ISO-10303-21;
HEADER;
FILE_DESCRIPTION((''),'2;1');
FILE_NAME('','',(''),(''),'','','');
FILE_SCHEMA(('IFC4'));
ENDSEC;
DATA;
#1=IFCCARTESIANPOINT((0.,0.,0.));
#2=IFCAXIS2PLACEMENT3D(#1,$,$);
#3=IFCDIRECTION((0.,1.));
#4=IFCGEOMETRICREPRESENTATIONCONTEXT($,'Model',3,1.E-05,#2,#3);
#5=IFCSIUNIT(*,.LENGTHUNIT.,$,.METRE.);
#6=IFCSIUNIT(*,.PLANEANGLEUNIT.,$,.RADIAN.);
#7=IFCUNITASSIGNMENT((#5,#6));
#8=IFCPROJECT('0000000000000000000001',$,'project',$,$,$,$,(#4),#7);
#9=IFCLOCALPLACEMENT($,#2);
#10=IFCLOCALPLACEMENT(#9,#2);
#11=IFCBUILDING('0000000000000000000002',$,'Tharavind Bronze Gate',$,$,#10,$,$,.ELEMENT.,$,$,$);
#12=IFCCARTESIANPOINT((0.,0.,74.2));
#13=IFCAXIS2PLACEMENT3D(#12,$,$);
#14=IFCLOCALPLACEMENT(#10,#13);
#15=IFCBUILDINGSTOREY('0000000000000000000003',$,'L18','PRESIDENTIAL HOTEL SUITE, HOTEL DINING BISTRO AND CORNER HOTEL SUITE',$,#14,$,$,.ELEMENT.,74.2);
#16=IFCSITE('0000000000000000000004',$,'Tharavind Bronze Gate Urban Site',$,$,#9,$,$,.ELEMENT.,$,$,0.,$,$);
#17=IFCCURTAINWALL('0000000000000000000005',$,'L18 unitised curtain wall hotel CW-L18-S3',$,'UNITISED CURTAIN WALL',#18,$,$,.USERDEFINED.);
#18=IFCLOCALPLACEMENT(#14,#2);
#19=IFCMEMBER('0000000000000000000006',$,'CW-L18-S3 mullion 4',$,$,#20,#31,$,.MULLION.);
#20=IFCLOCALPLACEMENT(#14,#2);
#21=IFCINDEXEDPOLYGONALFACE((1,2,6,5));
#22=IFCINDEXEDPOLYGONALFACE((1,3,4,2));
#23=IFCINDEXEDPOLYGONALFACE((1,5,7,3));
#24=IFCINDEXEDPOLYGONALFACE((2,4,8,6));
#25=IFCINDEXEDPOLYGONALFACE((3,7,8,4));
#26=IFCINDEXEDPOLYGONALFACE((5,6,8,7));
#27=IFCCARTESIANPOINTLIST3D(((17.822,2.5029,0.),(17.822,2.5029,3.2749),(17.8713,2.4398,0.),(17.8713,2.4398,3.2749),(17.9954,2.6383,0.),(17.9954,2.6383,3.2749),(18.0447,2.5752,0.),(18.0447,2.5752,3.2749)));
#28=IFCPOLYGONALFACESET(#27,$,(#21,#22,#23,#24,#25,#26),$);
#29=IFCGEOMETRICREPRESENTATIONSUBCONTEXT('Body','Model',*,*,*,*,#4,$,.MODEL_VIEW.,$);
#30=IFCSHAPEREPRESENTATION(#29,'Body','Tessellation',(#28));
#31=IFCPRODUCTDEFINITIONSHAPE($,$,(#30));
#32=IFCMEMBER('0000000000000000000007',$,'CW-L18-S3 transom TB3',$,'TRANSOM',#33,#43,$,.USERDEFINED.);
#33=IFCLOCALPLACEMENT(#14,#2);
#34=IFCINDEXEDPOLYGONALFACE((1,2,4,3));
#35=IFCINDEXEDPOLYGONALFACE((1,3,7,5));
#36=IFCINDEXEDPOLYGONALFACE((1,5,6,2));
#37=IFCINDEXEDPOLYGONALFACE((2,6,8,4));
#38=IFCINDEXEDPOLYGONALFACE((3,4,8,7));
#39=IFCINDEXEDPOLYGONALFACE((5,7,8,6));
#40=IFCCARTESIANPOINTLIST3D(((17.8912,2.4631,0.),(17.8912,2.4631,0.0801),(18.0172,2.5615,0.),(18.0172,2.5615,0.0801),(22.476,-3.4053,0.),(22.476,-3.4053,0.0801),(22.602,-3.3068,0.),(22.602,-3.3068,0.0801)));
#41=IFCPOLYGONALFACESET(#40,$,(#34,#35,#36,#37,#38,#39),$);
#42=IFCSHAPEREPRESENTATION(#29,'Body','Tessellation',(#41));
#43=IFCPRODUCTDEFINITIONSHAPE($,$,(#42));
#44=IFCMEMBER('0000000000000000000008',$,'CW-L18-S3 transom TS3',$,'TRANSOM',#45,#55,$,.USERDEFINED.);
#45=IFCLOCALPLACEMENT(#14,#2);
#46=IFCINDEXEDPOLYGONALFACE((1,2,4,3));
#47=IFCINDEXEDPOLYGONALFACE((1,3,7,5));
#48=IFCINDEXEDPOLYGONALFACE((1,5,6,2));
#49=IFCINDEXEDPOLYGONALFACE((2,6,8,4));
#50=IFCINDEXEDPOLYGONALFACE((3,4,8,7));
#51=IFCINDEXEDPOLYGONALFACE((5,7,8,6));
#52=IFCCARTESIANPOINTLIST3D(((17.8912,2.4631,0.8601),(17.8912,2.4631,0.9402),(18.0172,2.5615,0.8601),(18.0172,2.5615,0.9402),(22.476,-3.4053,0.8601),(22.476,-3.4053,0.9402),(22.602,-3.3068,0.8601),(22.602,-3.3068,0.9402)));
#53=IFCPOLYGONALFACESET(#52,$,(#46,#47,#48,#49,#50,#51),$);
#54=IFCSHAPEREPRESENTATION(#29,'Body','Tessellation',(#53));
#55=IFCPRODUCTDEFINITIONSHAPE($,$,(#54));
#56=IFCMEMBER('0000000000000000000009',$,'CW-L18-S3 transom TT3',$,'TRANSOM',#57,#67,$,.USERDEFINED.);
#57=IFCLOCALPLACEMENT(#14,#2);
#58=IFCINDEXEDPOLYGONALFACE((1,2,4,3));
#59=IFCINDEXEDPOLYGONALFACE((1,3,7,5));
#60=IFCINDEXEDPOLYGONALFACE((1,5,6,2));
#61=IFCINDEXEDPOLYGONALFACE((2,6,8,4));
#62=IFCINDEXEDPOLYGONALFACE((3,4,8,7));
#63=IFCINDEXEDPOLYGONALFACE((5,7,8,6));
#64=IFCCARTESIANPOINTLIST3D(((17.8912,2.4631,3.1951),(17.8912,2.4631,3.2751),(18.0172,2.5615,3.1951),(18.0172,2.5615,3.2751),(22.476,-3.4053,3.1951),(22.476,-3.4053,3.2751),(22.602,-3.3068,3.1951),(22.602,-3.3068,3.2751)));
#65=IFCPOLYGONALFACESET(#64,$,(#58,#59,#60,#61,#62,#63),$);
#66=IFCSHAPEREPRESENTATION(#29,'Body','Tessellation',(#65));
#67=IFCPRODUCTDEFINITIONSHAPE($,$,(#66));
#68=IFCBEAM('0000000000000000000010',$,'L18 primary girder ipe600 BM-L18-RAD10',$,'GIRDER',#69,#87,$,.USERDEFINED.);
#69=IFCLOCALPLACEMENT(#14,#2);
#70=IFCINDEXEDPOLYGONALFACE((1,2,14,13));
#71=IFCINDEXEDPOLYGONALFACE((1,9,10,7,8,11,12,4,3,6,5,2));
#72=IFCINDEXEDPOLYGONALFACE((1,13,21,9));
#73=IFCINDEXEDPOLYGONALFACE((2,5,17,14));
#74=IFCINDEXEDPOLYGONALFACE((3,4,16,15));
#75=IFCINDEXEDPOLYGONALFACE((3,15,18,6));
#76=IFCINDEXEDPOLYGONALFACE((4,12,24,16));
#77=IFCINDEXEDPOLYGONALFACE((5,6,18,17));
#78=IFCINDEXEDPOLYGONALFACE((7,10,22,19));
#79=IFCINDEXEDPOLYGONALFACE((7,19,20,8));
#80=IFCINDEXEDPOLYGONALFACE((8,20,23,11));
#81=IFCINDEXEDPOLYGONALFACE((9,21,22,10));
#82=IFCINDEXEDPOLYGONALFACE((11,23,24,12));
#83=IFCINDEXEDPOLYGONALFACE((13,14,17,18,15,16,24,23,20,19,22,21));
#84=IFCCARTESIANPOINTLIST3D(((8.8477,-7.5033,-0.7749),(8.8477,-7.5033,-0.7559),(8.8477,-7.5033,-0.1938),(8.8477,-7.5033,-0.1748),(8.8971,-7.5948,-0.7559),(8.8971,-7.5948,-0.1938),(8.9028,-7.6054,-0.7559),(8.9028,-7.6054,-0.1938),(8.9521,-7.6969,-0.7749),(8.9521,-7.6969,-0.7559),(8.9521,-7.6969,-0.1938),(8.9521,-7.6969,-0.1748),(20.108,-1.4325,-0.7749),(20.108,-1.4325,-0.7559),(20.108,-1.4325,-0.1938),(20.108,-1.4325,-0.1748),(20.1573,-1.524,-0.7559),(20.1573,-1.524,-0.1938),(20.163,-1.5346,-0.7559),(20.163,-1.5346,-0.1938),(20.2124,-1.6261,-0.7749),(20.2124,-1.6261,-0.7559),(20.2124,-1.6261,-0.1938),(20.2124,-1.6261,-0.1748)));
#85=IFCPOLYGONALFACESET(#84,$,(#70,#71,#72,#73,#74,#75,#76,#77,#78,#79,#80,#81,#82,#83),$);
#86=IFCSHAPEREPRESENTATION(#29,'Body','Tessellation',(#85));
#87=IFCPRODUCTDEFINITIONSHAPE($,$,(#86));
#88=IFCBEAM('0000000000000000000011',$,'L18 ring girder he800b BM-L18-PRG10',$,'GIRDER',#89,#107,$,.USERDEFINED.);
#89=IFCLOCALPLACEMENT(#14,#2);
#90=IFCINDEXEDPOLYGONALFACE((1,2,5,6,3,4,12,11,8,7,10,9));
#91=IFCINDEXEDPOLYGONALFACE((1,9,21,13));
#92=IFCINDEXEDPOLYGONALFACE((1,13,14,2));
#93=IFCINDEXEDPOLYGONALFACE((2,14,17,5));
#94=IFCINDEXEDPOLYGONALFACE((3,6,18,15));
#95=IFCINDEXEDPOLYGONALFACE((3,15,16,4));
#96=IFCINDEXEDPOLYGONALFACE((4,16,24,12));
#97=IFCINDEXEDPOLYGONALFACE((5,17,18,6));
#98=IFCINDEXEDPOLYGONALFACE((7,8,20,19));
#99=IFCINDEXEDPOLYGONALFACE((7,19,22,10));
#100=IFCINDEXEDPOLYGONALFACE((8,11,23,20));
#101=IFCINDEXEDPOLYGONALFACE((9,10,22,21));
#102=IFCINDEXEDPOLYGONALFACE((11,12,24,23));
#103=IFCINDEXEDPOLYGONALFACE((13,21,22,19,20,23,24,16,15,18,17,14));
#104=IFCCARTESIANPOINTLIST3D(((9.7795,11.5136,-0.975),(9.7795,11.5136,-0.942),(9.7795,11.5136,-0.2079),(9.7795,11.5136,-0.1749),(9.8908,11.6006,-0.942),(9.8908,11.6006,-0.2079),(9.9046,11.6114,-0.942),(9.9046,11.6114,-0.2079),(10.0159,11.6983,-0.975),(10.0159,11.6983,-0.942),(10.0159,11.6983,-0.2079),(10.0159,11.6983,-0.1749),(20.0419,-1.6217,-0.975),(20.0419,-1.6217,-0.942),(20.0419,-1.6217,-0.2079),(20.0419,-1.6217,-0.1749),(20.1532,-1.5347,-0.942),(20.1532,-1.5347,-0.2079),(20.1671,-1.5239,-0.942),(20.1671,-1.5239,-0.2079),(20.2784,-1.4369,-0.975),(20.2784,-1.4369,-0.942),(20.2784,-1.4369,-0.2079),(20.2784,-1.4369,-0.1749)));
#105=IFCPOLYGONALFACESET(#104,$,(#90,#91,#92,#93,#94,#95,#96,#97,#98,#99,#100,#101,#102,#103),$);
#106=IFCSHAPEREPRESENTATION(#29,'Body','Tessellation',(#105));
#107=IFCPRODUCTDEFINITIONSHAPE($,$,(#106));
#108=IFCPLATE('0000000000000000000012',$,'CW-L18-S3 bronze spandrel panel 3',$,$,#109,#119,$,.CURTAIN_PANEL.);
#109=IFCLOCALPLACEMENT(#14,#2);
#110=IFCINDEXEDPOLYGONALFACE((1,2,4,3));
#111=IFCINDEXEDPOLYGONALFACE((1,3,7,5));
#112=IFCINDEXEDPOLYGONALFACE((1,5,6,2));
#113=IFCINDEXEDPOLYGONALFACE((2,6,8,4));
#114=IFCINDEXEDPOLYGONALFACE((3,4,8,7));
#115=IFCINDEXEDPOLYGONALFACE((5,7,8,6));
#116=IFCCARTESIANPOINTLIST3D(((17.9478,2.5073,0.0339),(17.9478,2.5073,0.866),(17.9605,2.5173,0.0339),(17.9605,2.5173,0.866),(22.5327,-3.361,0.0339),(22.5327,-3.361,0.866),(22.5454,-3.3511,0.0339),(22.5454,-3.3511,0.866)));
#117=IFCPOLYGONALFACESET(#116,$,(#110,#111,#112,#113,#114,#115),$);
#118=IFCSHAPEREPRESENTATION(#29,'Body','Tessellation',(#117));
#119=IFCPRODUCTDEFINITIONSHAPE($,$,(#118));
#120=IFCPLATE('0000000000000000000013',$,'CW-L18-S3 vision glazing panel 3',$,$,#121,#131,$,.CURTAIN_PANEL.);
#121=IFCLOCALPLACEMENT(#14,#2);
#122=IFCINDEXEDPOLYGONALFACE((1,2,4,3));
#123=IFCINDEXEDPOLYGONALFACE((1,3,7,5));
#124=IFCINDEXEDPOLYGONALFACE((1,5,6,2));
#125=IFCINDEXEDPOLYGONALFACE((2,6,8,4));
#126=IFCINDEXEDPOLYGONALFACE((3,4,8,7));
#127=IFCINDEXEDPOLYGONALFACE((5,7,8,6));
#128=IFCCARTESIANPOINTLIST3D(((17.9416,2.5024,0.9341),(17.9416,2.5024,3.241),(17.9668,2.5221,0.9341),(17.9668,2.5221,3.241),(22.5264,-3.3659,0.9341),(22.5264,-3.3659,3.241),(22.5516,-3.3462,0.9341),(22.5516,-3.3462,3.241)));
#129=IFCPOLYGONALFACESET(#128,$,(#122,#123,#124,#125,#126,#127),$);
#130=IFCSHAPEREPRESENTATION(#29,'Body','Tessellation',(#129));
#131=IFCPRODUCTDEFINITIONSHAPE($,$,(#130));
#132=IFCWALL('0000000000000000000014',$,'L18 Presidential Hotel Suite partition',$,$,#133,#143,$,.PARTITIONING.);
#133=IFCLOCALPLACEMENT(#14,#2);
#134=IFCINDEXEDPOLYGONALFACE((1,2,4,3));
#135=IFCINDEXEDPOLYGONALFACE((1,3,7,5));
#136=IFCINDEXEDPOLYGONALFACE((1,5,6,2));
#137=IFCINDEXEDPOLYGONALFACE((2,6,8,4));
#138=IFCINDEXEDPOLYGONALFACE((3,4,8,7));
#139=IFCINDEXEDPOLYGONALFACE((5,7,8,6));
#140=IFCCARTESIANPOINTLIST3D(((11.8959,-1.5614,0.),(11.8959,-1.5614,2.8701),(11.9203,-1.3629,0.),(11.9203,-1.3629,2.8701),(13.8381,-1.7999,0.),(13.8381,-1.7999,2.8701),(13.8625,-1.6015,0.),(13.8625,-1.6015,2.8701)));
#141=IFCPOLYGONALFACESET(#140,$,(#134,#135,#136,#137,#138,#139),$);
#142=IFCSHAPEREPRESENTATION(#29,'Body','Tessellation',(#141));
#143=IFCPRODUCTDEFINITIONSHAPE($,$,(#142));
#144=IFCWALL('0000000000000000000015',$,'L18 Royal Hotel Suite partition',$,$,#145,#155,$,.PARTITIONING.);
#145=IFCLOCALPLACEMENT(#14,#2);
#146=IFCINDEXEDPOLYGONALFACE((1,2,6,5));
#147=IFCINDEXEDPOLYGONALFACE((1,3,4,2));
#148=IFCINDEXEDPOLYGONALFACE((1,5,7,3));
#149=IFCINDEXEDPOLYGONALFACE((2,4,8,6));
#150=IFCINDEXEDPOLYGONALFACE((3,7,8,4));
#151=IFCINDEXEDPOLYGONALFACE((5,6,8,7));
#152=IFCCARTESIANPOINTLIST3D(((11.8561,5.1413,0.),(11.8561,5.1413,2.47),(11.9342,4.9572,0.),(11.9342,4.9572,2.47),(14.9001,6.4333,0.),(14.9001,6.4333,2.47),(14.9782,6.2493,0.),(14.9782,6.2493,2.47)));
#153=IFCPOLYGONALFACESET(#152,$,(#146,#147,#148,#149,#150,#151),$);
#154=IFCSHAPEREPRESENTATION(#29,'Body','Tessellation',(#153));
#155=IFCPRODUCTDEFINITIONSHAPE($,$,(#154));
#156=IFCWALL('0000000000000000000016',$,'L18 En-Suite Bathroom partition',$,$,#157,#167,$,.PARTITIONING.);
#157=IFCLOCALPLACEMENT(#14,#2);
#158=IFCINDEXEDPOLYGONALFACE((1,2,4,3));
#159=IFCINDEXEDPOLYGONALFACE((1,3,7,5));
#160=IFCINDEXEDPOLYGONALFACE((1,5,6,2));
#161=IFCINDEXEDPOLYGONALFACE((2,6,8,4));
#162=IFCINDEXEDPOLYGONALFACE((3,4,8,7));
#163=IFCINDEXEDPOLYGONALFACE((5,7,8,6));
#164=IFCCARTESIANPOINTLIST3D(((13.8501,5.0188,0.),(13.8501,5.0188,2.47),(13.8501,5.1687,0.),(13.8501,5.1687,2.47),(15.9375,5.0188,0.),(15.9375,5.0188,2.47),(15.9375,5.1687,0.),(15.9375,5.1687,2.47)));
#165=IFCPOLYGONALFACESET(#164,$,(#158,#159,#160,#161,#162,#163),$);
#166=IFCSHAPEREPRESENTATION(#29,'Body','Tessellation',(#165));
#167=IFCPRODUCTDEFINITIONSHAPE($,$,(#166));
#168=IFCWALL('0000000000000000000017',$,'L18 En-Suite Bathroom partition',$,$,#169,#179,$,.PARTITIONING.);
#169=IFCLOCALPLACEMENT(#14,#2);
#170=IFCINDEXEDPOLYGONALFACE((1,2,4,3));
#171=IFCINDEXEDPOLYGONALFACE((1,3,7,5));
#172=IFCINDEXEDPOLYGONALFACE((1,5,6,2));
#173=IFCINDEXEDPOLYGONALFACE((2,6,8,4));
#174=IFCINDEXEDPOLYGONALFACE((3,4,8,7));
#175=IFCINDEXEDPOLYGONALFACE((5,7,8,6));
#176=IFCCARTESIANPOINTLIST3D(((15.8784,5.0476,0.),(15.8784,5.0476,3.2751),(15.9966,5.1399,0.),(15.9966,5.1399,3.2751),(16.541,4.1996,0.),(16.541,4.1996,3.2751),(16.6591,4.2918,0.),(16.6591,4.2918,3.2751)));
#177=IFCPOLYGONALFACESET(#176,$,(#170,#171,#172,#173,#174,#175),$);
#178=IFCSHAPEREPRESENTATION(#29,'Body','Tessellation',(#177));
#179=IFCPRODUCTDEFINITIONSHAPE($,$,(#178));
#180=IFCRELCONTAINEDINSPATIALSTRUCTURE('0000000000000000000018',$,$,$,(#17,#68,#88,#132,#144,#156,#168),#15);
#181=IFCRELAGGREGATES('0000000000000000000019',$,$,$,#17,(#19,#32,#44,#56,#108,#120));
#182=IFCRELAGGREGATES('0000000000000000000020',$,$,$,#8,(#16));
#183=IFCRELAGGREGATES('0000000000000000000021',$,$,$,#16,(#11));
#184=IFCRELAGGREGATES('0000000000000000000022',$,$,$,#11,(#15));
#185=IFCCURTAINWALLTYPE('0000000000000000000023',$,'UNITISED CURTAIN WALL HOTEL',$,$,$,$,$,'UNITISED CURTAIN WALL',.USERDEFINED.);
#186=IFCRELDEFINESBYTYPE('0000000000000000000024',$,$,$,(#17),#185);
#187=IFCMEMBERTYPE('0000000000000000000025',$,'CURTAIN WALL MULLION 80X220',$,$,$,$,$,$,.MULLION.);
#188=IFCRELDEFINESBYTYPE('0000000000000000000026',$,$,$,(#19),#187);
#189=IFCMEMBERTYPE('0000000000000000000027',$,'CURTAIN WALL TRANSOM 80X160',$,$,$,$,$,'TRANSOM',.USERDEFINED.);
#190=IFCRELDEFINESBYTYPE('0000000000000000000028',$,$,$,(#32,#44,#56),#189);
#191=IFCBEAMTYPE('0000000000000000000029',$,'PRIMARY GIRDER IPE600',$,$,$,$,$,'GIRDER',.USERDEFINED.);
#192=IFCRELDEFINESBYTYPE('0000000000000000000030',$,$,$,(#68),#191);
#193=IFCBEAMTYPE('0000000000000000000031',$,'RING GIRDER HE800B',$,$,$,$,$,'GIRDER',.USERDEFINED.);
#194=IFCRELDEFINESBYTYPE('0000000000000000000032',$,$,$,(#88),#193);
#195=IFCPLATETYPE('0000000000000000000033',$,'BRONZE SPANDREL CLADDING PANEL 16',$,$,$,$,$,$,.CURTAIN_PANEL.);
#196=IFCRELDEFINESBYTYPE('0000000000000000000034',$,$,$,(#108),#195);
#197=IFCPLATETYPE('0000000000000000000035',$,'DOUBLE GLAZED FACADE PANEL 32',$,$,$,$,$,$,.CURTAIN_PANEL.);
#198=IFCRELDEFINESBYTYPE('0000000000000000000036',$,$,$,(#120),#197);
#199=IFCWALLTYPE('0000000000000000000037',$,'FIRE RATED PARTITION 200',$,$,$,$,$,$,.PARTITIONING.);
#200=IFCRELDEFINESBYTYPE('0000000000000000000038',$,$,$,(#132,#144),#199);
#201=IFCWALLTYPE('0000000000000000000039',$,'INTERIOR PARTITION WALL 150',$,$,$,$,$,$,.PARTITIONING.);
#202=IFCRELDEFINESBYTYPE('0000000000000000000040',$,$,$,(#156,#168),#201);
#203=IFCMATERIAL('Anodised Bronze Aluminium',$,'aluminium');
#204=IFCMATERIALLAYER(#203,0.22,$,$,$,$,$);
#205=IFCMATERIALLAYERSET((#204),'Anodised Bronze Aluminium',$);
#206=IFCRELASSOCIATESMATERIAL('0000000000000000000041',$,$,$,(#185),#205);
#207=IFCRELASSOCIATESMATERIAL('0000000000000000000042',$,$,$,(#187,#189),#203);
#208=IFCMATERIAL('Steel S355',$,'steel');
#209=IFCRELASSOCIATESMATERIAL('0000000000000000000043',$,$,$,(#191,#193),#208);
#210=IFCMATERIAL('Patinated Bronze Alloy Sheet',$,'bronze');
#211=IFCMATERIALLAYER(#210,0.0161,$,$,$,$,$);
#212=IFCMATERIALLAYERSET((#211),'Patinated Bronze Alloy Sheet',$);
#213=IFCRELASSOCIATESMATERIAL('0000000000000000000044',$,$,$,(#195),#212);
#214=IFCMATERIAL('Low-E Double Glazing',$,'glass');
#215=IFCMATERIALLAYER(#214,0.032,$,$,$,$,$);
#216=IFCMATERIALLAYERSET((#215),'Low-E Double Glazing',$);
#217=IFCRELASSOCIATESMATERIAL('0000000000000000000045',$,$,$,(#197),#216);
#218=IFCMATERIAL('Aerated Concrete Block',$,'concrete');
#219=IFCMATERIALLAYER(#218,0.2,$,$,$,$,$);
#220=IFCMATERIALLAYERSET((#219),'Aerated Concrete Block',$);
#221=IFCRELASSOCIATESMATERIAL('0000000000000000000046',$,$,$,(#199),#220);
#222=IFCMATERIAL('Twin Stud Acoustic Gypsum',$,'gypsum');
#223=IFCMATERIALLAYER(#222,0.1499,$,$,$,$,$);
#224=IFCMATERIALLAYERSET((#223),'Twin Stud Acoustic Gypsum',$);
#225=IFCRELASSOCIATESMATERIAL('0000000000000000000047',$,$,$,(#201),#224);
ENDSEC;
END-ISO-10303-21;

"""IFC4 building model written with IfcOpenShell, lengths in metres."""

from ifc_helpers import new_model, si_unit, direction, frame, frame_2d, origin, origin_2d, place, context, subcontext, project, spatial, rectangle, i_section, extrude, material, layer, layer_set, material_profile, profile_set, type_object, element, aggregate, save


model = new_model("IFC4")

# Units and contexts
model_context = context("Model", 3, precision=1e-05, world=origin(), true_north=direction((0.0, 1.0)))
body_context = subcontext(model_context, "Body", "Model", "MODEL_VIEW")
ifc_project = project(units=[si_unit("LENGTHUNIT", "METRE"), si_unit("PLANEANGLEUNIT", "RADIAN")], contexts=[model_context])

# Site, building, storey
site_placement = place(None, origin())
site = spatial("IfcSite", under=ifc_project, at=site_placement, Name="Tharavind Bronze Gate Urban Site", CompositionType="ELEMENT", RefElevation=0.0)
building_placement = place(site_placement, origin())
building = spatial("IfcBuilding", under=site, at=building_placement, Name="Tharavind Bronze Gate", CompositionType="ELEMENT")
storey_placement = place(building_placement, frame((0.0, 0.0, 74.2)))
storey = spatial("IfcBuildingStorey", under=building, at=storey_placement, Name="L18", Description="PRESIDENTIAL HOTEL SUITE, HOTEL DINING BISTRO AND CORNER HOTEL SUITE", CompositionType="ELEMENT", Elevation=74.2)

# Curtain wall, members
ifc_material_1 = material(Name="Anodised Bronze Aluminium", Category="aluminium")
ifc_layer_1 = layer(ifc_material_1, 0.22)
ifc_layer_set_1 = layer_set([ifc_layer_1], Name="Anodised Bronze Aluminium")
curtain_wall_type = type_object("IfcCurtainWallType", Name="UNITISED CURTAIN WALL HOTEL", ElementType="UNITISED CURTAIN WALL", PredefinedType="USERDEFINED", material=ifc_layer_set_1)
curtain_wall_placement = place(storey_placement, origin())
curtain_wall = element("IfcCurtainWall", 1, at=curtain_wall_placement, inside=storey, type_object=curtain_wall_type, Name="L18 unitised curtain wall hotel CW-L18-S3", ObjectType="UNITISED CURTAIN WALL", PredefinedType="USERDEFINED")
member_type_1 = type_object("IfcMemberType", Name="CURTAIN WALL MULLION 80X220", PredefinedType="MULLION", material=ifc_material_1)
member_1_placement = place(storey_placement, frame((17.9333, 2.5391, 0.0), z_axis=(0.0, 0.0, 1.0), x_axis=(-0.615661, 0.788011, 0.0)))
member_1 = element("IfcMember", 2, at=member_1_placement, type_object=member_type_1, Name="CW-L18-S3 mullion 4", PredefinedType="MULLION", context=body_context, shape_type="SweptSolid", body=[
    extrude(rectangle(XDim=0.0801, YDim=0.22, at=origin_2d()), origin(), (0.0, 0.0, 1.0), 3.2749),
])
member_type_2 = type_object("IfcMemberType", Name="CURTAIN WALL TRANSOM 80X160", ElementType="TRANSOM", PredefinedType="USERDEFINED", material=ifc_material_1)
member_2_placement = place(storey_placement, frame((20.2466, -0.4219, 0.0), z_axis=(0.0, 0.0, 1.0), x_axis=(-0.615661, 0.788011, 0.0)))
member_2 = element("IfcMember", 3, at=member_2_placement, type_object=member_type_2, Name="CW-L18-S3 transom TB3", ObjectType="TRANSOM", PredefinedType="USERDEFINED", context=body_context, shape_type="SweptSolid", body=[
    extrude(rectangle(XDim=7.447, YDim=0.1599, at=origin_2d()), origin(), (0.0, 0.0, 1.0), 0.0801),
])
member_3_placement = place(storey_placement, frame((20.2466, -0.4219, 0.8601), z_axis=(0.0, 0.0, 1.0), x_axis=(-0.615661, 0.788011, 0.0)))
member_3 = element("IfcMember", 4, at=member_3_placement, type_object=member_type_2, Name="CW-L18-S3 transom TS3", ObjectType="TRANSOM", PredefinedType="USERDEFINED", context=body_context, shape_type="SweptSolid", body=[
    extrude(rectangle(XDim=7.447, YDim=0.1599, at=origin_2d()), origin(), (0.0, 0.0, 1.0), 0.0801),
])
member_4_placement = place(storey_placement, frame((20.2466, -0.4219, 3.1951), z_axis=(0.0, 0.0, 1.0), x_axis=(-0.615661, 0.788011, 0.0)))
member_4 = element("IfcMember", 5, at=member_4_placement, type_object=member_type_2, Name="CW-L18-S3 transom TT3", ObjectType="TRANSOM", PredefinedType="USERDEFINED", context=body_context, shape_type="SweptSolid", body=[
    extrude(rectangle(XDim=7.447, YDim=0.1599, at=origin_2d()), origin(), (0.0, 0.0, 1.0), 0.0801),
])

# Beams
ifc_material_2 = material(Name="Steel S355", Category="steel")
ifc_material_profile_1 = material_profile(ifc_material_2, i_section(OverallWidth=0.22, OverallDepth=0.6001, WebThickness=0.012, FlangeThickness=0.019, at=origin_2d()), Name="IPE600")
ifc_profile_set_1 = profile_set([ifc_material_profile_1], Name="Steel S355")
beam_type_1 = type_object("IfcBeamType", Name="PRIMARY GIRDER IPE600", ElementType="GIRDER", PredefinedType="USERDEFINED", material=ifc_profile_set_1)
beam_1_placement = place(storey_placement, frame((20.1602, -1.5293, -0.4749), z_axis=(-0.880223, -0.47456, 0.0), x_axis=(0.47456, -0.880223, 0.0)))
element("IfcBeam", 6, at=beam_1_placement, inside=storey, type_object=beam_type_1, Name="L18 primary girder ipe600 BM-L18-RAD10", ObjectType="GIRDER", PredefinedType="USERDEFINED", context=body_context, shape_type="SweptSolid", body=[
    extrude(i_section(OverallWidth=0.22, OverallDepth=0.6001, WebThickness=0.012, FlangeThickness=0.019, at=origin_2d()), origin(), (0.0, 0.0, 1.0), 12.7925),
])
ifc_material_profile_2 = material_profile(ifc_material_2, i_section(OverallWidth=0.3, OverallDepth=0.8, WebThickness=0.0176, FlangeThickness=0.033, at=origin_2d()), Name="HE800B")
ifc_profile_set_2 = profile_set([ifc_material_profile_2], Name="Steel S355")
beam_type_2 = type_object("IfcBeamType", Name="RING GIRDER HE800B", ElementType="GIRDER", PredefinedType="USERDEFINED", material=ifc_profile_set_2)
beam_2_placement = place(storey_placement, frame((20.1602, -1.5293, -0.575), z_axis=(-0.615664, 0.788009, 0.0), x_axis=(-0.788009, -0.615664, 0.0)))
element("IfcBeam", 7, at=beam_2_placement, inside=storey, type_object=beam_type_2, Name="L18 ring girder he800b BM-L18-PRG10", ObjectType="GIRDER", PredefinedType="USERDEFINED", context=body_context, shape_type="SweptSolid", body=[
    extrude(i_section(OverallWidth=0.3, OverallDepth=0.8, WebThickness=0.0176, FlangeThickness=0.033, at=origin_2d()), origin(), (0.0, 0.0, 1.0), 16.6689),
])

# Plates
ifc_material_3 = material(Name="Patinated Bronze Alloy Sheet", Category="bronze")
ifc_layer_2 = layer(ifc_material_3, 0.0161)
ifc_layer_set_2 = layer_set([ifc_layer_2], Name="Patinated Bronze Alloy Sheet")
plate_type_1 = type_object("IfcPlateType", Name="BRONZE SPANDREL CLADDING PANEL 16", PredefinedType="CURTAIN_PANEL", material=ifc_layer_set_2)
plate_1_placement = place(storey_placement, frame((20.2466, -0.4219, 0.0339), z_axis=(0.0, 0.0, 1.0), x_axis=(-0.615661, 0.788011, 0.0)))
plate_1 = element("IfcPlate", 8, at=plate_1_placement, type_object=plate_type_1, Name="CW-L18-S3 bronze spandrel panel 3", PredefinedType="CURTAIN_PANEL", context=body_context, shape_type="SweptSolid", body=[
    extrude(rectangle(XDim=7.447, YDim=0.0161, at=origin_2d()), origin(), (0.0, 0.0, 1.0), 0.832),
])
ifc_material_4 = material(Name="Low-E Double Glazing", Category="glass")
ifc_layer_3 = layer(ifc_material_4, 0.032)
ifc_layer_set_3 = layer_set([ifc_layer_3], Name="Low-E Double Glazing")
plate_type_2 = type_object("IfcPlateType", Name="DOUBLE GLAZED FACADE PANEL 32", PredefinedType="CURTAIN_PANEL", material=ifc_layer_set_3)
plate_2_placement = place(storey_placement, frame((20.2466, -0.4219, 0.9341), z_axis=(0.0, 0.0, 1.0), x_axis=(-0.615661, 0.788011, 0.0)))
plate_2 = element("IfcPlate", 9, at=plate_2_placement, type_object=plate_type_2, Name="CW-L18-S3 vision glazing panel 3", PredefinedType="CURTAIN_PANEL", context=body_context, shape_type="SweptSolid", body=[
    extrude(rectangle(XDim=7.447, YDim=0.032, at=origin_2d()), origin(), (0.0, 0.0, 1.0), 2.3069),
])
aggregate(curtain_wall, [member_1, member_2, member_3, member_4, plate_1, plate_2])

# Wall
ifc_material_5 = material(Name="Aerated Concrete Block", Category="concrete")
ifc_layer_4 = layer(ifc_material_5, 0.2)
ifc_layer_set_4 = layer_set([ifc_layer_4], Name="Aerated Concrete Block")
wall_type_1 = type_object("IfcWallType", Name="FIRE RATED PARTITION 200", PredefinedType="PARTITIONING", material=ifc_layer_set_4)
wall_1_placement = place(storey_placement, frame((11.908, -1.4622, 0.0), z_axis=(0.0, 0.0, 1.0), x_axis=(0.992542, -0.1219, 0.0)))
element("IfcWall", 10, at=wall_1_placement, inside=storey, type_object=wall_type_1, Name="L18 Presidential Hotel Suite partition", PredefinedType="PARTITIONING", context=body_context, shape_type="SweptSolid", body=[
    extrude(rectangle(XDim=1.9568, YDim=0.2, at=frame_2d((0.9785, 0.0))), origin(), (0.0, 0.0, 1.0), 2.8701),
])

# Walls
wall_2_placement = place(storey_placement, frame((11.8953, 5.0493, 0.0), z_axis=(0.0, 0.0, 1.0), x_axis=(0.920514, 0.390709, 0.0)))
element("IfcWall", 11, at=wall_2_placement, inside=storey, type_object=wall_type_1, Name="L18 Royal Hotel Suite partition", PredefinedType="PARTITIONING", context=body_context, shape_type="SweptSolid", body=[
    extrude(rectangle(XDim=3.3069, YDim=0.2, at=frame_2d((1.6533, 0.0))), origin(), (0.0, 0.0, 1.0), 2.47),
])
ifc_material_6 = material(Name="Twin Stud Acoustic Gypsum", Category="gypsum")
ifc_layer_5 = layer(ifc_material_6, 0.1499)
ifc_layer_set_5 = layer_set([ifc_layer_5], Name="Twin Stud Acoustic Gypsum")
wall_type_2 = type_object("IfcWallType", Name="INTERIOR PARTITION WALL 150", PredefinedType="PARTITIONING", material=ifc_layer_set_5)
wall_3_placement = place(storey_placement, frame((13.8501, 5.0938, 0.0), z_axis=(0.0, 0.0, 1.0), x_axis=(1.0, 0.0, 0.0)))
element("IfcWall", 12, at=wall_3_placement, inside=storey, type_object=wall_type_2, Name="L18 En-Suite Bathroom partition", PredefinedType="PARTITIONING", context=body_context, shape_type="SweptSolid", body=[
    extrude(rectangle(XDim=2.0874, YDim=0.1499, at=frame_2d((1.0437, 0.0))), origin(), (0.0, 0.0, 1.0), 2.47),
])
wall_4_placement = place(storey_placement, frame((15.9375, 5.0938, 0.0), z_axis=(0.0, 0.0, 1.0), x_axis=(0.615635, -0.788031, 0.0)))
element("IfcWall", 13, at=wall_4_placement, inside=storey, type_object=wall_type_2, Name="L18 En-Suite Bathroom partition", PredefinedType="PARTITIONING", context=body_context, shape_type="SweptSolid", body=[
    extrude(rectangle(XDim=1.0762, YDim=0.1499, at=frame_2d((0.5381, 0.0))), origin(), (0.0, 0.0, 1.0), 3.2751),
])

save(model, "model.ifc")
